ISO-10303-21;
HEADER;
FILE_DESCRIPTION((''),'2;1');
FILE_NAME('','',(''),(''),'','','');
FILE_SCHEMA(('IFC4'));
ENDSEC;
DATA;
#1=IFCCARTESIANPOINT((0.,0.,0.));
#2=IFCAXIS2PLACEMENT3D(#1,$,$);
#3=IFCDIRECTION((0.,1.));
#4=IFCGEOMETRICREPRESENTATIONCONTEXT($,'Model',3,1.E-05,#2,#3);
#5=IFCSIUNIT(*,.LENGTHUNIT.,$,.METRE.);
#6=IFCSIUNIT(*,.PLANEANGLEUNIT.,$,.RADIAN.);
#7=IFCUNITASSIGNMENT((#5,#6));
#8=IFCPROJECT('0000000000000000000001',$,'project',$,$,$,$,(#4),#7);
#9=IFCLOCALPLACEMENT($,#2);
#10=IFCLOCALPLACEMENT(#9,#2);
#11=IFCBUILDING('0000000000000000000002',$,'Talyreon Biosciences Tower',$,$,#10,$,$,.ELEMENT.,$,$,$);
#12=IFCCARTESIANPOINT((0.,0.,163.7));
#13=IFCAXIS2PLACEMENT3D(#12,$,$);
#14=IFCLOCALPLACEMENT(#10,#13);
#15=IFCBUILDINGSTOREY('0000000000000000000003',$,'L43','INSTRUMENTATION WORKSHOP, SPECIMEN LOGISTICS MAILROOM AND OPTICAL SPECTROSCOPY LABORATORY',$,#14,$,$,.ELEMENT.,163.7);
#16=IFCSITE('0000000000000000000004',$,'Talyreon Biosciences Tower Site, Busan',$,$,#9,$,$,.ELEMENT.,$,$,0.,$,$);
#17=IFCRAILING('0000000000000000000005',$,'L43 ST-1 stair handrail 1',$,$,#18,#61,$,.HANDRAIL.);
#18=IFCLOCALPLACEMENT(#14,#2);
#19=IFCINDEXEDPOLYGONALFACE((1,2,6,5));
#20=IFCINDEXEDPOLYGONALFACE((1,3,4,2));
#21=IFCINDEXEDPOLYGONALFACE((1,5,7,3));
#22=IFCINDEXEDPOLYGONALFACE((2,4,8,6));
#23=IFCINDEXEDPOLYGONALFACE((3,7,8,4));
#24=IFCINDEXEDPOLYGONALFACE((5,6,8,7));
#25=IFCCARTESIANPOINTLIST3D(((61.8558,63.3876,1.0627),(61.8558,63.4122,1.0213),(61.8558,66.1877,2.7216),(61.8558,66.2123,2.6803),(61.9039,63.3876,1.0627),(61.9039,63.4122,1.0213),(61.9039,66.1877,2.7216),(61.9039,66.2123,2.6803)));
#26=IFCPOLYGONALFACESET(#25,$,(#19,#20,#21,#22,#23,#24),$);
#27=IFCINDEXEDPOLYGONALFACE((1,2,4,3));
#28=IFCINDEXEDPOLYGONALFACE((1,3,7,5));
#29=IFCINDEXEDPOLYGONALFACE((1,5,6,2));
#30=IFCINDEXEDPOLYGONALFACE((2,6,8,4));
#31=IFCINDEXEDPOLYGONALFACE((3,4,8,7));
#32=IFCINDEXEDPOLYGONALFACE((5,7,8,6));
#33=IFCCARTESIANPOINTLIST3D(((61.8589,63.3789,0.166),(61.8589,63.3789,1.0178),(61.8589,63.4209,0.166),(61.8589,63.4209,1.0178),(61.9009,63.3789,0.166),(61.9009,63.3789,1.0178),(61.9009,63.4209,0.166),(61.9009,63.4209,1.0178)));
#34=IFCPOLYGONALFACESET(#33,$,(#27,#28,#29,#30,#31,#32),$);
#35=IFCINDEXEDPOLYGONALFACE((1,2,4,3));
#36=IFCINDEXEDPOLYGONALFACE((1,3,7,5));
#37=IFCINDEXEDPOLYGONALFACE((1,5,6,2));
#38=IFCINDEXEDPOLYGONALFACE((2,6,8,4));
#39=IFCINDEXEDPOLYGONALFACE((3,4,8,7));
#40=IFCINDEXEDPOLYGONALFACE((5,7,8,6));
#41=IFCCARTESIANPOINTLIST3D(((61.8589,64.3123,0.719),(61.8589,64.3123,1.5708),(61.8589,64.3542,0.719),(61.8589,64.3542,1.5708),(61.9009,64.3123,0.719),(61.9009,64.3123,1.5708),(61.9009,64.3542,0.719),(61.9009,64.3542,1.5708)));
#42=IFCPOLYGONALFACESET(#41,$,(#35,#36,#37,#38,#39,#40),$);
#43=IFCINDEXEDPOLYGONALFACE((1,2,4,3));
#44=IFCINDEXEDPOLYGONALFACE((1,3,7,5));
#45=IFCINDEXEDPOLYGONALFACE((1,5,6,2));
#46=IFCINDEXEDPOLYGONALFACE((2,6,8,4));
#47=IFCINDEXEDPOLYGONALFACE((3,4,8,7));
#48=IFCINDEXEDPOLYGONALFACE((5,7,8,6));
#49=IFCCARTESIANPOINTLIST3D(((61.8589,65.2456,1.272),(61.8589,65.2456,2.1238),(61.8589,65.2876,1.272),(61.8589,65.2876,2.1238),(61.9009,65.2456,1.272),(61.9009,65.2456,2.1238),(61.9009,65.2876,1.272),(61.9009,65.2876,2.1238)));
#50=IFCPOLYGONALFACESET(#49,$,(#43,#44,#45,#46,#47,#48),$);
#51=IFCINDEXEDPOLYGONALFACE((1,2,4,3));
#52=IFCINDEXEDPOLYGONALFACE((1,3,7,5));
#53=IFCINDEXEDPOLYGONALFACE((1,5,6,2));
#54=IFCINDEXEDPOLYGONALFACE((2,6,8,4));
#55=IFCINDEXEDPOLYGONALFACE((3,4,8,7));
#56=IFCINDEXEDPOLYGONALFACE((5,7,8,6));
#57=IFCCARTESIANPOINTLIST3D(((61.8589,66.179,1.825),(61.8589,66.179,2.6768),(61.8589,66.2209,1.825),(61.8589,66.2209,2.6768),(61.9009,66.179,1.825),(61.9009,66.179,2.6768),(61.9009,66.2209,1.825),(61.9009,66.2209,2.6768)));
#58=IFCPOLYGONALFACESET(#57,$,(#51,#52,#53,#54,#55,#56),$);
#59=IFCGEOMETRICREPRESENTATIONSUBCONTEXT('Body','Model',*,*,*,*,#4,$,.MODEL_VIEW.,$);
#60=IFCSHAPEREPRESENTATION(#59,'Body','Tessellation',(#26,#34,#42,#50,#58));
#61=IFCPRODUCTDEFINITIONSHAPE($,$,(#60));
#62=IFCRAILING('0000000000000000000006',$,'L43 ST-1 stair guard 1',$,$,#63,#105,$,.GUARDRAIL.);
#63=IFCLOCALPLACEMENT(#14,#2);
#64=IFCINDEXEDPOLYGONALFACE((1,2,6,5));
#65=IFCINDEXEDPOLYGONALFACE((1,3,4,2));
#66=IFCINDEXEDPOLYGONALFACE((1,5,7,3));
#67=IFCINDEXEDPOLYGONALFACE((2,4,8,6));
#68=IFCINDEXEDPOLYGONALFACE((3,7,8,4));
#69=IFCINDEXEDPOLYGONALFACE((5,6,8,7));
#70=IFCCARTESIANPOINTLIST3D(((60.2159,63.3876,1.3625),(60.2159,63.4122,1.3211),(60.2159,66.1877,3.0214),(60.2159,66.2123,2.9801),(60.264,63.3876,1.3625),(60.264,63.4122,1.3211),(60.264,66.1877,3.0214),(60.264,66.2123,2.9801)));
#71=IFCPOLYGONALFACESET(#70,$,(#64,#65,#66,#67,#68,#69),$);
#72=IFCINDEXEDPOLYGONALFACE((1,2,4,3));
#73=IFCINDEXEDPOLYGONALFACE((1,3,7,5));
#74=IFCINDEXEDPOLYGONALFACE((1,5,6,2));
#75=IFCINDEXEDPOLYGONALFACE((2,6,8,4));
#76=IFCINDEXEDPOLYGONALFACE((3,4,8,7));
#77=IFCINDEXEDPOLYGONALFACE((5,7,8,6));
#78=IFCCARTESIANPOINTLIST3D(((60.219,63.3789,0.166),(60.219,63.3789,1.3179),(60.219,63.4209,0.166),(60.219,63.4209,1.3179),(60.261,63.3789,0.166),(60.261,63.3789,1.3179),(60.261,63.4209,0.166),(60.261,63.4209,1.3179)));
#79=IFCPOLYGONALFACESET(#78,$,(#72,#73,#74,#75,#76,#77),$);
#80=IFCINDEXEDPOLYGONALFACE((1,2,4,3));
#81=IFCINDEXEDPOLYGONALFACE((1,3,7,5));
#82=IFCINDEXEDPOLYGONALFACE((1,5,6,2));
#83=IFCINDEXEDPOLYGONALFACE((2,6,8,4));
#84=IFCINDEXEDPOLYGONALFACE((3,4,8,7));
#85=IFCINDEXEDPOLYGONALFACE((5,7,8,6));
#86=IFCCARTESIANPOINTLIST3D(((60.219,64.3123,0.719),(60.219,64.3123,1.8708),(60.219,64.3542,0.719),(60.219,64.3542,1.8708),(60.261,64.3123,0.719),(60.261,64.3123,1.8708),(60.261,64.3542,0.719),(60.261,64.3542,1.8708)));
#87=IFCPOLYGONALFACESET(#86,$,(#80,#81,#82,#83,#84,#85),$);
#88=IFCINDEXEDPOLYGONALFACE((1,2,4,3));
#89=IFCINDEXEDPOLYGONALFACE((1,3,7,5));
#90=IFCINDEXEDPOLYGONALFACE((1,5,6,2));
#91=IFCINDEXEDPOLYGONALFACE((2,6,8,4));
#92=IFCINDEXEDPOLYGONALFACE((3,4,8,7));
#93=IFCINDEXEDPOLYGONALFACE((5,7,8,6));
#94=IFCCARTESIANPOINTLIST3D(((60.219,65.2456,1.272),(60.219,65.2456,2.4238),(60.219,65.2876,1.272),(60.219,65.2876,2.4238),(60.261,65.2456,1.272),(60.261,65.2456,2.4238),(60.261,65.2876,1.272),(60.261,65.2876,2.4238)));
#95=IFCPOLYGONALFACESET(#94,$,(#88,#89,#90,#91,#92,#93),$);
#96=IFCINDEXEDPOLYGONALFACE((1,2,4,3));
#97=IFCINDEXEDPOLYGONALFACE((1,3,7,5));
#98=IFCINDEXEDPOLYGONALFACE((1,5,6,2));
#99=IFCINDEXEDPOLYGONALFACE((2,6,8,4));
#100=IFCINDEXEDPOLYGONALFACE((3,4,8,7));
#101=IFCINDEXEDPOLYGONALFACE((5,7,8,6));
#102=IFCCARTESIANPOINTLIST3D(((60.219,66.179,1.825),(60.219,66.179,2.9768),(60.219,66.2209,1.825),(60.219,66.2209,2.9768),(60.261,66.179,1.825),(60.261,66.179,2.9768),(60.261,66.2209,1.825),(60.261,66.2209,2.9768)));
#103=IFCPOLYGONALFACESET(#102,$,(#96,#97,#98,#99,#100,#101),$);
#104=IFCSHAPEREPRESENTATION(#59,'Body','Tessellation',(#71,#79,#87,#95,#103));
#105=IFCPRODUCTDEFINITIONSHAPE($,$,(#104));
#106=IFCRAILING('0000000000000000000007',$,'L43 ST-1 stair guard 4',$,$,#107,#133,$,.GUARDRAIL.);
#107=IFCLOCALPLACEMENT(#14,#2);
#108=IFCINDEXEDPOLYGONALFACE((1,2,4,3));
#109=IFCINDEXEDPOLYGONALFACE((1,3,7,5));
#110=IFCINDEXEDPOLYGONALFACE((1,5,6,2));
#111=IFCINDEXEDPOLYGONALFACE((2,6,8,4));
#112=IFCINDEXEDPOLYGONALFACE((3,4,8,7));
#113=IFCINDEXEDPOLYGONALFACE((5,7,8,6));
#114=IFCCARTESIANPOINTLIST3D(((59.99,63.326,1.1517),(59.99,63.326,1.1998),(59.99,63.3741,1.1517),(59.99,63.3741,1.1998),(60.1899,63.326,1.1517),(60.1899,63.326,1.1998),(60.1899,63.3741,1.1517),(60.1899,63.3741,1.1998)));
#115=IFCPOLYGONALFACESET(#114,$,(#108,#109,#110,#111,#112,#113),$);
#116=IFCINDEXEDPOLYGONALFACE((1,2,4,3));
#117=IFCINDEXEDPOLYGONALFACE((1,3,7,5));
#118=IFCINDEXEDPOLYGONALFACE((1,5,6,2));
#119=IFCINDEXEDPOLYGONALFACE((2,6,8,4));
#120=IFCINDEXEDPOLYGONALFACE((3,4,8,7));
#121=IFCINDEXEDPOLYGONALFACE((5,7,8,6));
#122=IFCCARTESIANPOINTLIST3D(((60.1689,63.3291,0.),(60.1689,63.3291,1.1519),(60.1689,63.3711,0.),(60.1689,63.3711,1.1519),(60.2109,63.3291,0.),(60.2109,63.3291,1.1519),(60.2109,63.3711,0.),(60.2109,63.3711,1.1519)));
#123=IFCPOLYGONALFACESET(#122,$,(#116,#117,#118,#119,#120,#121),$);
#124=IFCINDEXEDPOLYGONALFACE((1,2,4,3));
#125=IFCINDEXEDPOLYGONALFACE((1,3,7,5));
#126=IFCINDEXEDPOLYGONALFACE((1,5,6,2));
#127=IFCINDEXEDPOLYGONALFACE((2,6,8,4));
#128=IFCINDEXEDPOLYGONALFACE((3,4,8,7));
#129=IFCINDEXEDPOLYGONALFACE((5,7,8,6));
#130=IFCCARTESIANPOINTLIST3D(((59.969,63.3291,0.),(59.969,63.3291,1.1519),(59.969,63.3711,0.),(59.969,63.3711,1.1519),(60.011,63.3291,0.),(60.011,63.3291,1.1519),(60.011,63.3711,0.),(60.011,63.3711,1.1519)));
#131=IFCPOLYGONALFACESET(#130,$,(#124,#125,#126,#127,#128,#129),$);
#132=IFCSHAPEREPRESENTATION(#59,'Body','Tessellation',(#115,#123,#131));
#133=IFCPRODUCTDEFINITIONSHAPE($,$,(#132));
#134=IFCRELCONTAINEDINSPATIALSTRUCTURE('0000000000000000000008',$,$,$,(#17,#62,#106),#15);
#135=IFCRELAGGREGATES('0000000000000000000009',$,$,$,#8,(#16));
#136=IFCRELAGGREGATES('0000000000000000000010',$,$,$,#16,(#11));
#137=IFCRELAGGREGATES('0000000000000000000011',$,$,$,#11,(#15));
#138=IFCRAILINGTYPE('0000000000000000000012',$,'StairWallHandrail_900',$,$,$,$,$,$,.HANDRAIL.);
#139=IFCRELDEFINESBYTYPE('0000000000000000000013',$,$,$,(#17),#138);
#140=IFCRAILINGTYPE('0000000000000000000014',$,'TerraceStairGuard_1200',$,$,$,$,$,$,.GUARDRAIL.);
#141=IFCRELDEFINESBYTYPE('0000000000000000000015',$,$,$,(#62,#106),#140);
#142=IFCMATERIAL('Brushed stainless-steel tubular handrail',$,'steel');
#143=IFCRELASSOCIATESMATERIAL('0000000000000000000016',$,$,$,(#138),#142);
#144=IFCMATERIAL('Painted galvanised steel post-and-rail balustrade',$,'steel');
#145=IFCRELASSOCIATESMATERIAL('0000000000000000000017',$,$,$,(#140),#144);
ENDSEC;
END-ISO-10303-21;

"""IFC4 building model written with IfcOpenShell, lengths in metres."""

from ifc_helpers import new_model, si_unit, direction, frame, origin, origin_2d, place, context, subcontext, project, spatial, rectangle, extrude, material, type_object, element, save


model = new_model("IFC4")

# Units and contexts
model_context = context("Model", 3, precision=1e-05, world=origin(), true_north=direction((0.0, 1.0)))
body_context = subcontext(model_context, "Body", "Model", "MODEL_VIEW")
ifc_project = project(units=[si_unit("LENGTHUNIT", "METRE"), si_unit("PLANEANGLEUNIT", "RADIAN")], contexts=[model_context])

# Site, building, storey
site_placement = place(None, origin())
site = spatial("IfcSite", under=ifc_project, at=site_placement, Name="Talyreon Biosciences Tower Site, Busan", CompositionType="ELEMENT", RefElevation=0.0)
building_placement = place(site_placement, origin())
building = spatial("IfcBuilding", under=site, at=building_placement, Name="Talyreon Biosciences Tower", CompositionType="ELEMENT")
storey_placement = place(building_placement, frame((0.0, 0.0, 163.7)))
storey = spatial("IfcBuildingStorey", under=building, at=storey_placement, Name="L43", Description="INSTRUMENTATION WORKSHOP, SPECIMEN LOGISTICS MAILROOM AND OPTICAL SPECTROSCOPY LABORATORY", CompositionType="ELEMENT", Elevation=163.7)

# Railings
ifc_material_1 = material(Name="Brushed stainless-steel tubular handrail", Category="steel")
railing_type_1 = type_object("IfcRailingType", Name="StairWallHandrail_900", PredefinedType="HANDRAIL", material=ifc_material_1)
railing_1_placement = place(storey_placement, frame((61.8799, 63.3999, 0.166)))
element("IfcRailing", 1, at=railing_1_placement, inside=storey, type_object=railing_type_1, Name="L43 ST-1 stair handrail 1", PredefinedType="HANDRAIL", context=body_context, shape_type="SweptSolid", body=[
    extrude(rectangle(XDim=0.0481, YDim=0.0481, at=origin_2d()), frame((0.0, 0.0, 0.876), z_axis=(0.0, 0.860339, 0.509722), x_axis=(-1.0, 0.0, 0.0)), (0.0, 0.0, 1.0), 3.2546),
    extrude(rectangle(XDim=0.042, YDim=0.042, at=origin_2d()), origin(), (0.0, 0.0, 1.0), 0.8518),
    extrude(rectangle(XDim=0.042, YDim=0.042, at=origin_2d()), frame((0.0, 0.9333, 0.553)), (0.0, 0.0, 1.0), 0.8518),
    extrude(rectangle(XDim=0.042, YDim=0.042, at=origin_2d()), frame((0.0, 1.8667, 1.106)), (0.0, 0.0, 1.0), 0.8518),
    extrude(rectangle(XDim=0.042, YDim=0.042, at=origin_2d()), frame((0.0, 2.8, 1.6589)), (0.0, 0.0, 1.0), 0.8518),
])
ifc_material_2 = material(Name="Painted galvanised steel post-and-rail balustrade", Category="steel")
railing_type_2 = type_object("IfcRailingType", Name="TerraceStairGuard_1200", PredefinedType="GUARDRAIL", material=ifc_material_2)
railing_2_placement = place(storey_placement, frame((60.24, 63.3999, 0.166)))
element("IfcRailing", 2, at=railing_2_placement, inside=storey, type_object=railing_type_2, Name="L43 ST-1 stair guard 1", PredefinedType="GUARDRAIL", context=body_context, shape_type="SweptSolid", body=[
    extrude(rectangle(XDim=0.0481, YDim=0.0481, at=origin_2d()), frame((0.0, 0.0, 1.1758), z_axis=(0.0, 0.860339, 0.509722), x_axis=(-1.0, 0.0, 0.0)), (0.0, 0.0, 1.0), 3.2546),
    extrude(rectangle(XDim=0.042, YDim=0.042, at=origin_2d()), origin(), (0.0, 0.0, 1.0), 1.1519),
    extrude(rectangle(XDim=0.042, YDim=0.042, at=origin_2d()), frame((0.0, 0.9333, 0.553)), (0.0, 0.0, 1.0), 1.1519),
    extrude(rectangle(XDim=0.042, YDim=0.042, at=origin_2d()), frame((0.0, 1.8667, 1.106)), (0.0, 0.0, 1.0), 1.1519),
    extrude(rectangle(XDim=0.042, YDim=0.042, at=origin_2d()), frame((0.0, 2.8, 1.6589)), (0.0, 0.0, 1.0), 1.1519),
])
railing_3_placement = place(storey_placement, frame((60.1899, 63.3501, 0.0)))
element("IfcRailing", 3, at=railing_3_placement, inside=storey, type_object=railing_type_2, Name="L43 ST-1 stair guard 4", PredefinedType="GUARDRAIL", context=body_context, shape_type="SweptSolid", body=[
    extrude(rectangle(XDim=0.0481, YDim=0.0481, at=origin_2d()), frame((0.0, 0.0, 1.1758), z_axis=(-1.0, 0.0, 0.0), x_axis=(0.0, -1.0, 0.0)), (0.0, 0.0, 1.0), 0.2),
    extrude(rectangle(XDim=0.042, YDim=0.042, at=origin_2d()), origin(), (0.0, 0.0, 1.0), 1.1519),
    extrude(rectangle(XDim=0.042, YDim=0.042, at=origin_2d()), frame((-0.2, 0.0, 0.0)), (0.0, 0.0, 1.0), 1.1519),
])

save(model, "model.ifc")
